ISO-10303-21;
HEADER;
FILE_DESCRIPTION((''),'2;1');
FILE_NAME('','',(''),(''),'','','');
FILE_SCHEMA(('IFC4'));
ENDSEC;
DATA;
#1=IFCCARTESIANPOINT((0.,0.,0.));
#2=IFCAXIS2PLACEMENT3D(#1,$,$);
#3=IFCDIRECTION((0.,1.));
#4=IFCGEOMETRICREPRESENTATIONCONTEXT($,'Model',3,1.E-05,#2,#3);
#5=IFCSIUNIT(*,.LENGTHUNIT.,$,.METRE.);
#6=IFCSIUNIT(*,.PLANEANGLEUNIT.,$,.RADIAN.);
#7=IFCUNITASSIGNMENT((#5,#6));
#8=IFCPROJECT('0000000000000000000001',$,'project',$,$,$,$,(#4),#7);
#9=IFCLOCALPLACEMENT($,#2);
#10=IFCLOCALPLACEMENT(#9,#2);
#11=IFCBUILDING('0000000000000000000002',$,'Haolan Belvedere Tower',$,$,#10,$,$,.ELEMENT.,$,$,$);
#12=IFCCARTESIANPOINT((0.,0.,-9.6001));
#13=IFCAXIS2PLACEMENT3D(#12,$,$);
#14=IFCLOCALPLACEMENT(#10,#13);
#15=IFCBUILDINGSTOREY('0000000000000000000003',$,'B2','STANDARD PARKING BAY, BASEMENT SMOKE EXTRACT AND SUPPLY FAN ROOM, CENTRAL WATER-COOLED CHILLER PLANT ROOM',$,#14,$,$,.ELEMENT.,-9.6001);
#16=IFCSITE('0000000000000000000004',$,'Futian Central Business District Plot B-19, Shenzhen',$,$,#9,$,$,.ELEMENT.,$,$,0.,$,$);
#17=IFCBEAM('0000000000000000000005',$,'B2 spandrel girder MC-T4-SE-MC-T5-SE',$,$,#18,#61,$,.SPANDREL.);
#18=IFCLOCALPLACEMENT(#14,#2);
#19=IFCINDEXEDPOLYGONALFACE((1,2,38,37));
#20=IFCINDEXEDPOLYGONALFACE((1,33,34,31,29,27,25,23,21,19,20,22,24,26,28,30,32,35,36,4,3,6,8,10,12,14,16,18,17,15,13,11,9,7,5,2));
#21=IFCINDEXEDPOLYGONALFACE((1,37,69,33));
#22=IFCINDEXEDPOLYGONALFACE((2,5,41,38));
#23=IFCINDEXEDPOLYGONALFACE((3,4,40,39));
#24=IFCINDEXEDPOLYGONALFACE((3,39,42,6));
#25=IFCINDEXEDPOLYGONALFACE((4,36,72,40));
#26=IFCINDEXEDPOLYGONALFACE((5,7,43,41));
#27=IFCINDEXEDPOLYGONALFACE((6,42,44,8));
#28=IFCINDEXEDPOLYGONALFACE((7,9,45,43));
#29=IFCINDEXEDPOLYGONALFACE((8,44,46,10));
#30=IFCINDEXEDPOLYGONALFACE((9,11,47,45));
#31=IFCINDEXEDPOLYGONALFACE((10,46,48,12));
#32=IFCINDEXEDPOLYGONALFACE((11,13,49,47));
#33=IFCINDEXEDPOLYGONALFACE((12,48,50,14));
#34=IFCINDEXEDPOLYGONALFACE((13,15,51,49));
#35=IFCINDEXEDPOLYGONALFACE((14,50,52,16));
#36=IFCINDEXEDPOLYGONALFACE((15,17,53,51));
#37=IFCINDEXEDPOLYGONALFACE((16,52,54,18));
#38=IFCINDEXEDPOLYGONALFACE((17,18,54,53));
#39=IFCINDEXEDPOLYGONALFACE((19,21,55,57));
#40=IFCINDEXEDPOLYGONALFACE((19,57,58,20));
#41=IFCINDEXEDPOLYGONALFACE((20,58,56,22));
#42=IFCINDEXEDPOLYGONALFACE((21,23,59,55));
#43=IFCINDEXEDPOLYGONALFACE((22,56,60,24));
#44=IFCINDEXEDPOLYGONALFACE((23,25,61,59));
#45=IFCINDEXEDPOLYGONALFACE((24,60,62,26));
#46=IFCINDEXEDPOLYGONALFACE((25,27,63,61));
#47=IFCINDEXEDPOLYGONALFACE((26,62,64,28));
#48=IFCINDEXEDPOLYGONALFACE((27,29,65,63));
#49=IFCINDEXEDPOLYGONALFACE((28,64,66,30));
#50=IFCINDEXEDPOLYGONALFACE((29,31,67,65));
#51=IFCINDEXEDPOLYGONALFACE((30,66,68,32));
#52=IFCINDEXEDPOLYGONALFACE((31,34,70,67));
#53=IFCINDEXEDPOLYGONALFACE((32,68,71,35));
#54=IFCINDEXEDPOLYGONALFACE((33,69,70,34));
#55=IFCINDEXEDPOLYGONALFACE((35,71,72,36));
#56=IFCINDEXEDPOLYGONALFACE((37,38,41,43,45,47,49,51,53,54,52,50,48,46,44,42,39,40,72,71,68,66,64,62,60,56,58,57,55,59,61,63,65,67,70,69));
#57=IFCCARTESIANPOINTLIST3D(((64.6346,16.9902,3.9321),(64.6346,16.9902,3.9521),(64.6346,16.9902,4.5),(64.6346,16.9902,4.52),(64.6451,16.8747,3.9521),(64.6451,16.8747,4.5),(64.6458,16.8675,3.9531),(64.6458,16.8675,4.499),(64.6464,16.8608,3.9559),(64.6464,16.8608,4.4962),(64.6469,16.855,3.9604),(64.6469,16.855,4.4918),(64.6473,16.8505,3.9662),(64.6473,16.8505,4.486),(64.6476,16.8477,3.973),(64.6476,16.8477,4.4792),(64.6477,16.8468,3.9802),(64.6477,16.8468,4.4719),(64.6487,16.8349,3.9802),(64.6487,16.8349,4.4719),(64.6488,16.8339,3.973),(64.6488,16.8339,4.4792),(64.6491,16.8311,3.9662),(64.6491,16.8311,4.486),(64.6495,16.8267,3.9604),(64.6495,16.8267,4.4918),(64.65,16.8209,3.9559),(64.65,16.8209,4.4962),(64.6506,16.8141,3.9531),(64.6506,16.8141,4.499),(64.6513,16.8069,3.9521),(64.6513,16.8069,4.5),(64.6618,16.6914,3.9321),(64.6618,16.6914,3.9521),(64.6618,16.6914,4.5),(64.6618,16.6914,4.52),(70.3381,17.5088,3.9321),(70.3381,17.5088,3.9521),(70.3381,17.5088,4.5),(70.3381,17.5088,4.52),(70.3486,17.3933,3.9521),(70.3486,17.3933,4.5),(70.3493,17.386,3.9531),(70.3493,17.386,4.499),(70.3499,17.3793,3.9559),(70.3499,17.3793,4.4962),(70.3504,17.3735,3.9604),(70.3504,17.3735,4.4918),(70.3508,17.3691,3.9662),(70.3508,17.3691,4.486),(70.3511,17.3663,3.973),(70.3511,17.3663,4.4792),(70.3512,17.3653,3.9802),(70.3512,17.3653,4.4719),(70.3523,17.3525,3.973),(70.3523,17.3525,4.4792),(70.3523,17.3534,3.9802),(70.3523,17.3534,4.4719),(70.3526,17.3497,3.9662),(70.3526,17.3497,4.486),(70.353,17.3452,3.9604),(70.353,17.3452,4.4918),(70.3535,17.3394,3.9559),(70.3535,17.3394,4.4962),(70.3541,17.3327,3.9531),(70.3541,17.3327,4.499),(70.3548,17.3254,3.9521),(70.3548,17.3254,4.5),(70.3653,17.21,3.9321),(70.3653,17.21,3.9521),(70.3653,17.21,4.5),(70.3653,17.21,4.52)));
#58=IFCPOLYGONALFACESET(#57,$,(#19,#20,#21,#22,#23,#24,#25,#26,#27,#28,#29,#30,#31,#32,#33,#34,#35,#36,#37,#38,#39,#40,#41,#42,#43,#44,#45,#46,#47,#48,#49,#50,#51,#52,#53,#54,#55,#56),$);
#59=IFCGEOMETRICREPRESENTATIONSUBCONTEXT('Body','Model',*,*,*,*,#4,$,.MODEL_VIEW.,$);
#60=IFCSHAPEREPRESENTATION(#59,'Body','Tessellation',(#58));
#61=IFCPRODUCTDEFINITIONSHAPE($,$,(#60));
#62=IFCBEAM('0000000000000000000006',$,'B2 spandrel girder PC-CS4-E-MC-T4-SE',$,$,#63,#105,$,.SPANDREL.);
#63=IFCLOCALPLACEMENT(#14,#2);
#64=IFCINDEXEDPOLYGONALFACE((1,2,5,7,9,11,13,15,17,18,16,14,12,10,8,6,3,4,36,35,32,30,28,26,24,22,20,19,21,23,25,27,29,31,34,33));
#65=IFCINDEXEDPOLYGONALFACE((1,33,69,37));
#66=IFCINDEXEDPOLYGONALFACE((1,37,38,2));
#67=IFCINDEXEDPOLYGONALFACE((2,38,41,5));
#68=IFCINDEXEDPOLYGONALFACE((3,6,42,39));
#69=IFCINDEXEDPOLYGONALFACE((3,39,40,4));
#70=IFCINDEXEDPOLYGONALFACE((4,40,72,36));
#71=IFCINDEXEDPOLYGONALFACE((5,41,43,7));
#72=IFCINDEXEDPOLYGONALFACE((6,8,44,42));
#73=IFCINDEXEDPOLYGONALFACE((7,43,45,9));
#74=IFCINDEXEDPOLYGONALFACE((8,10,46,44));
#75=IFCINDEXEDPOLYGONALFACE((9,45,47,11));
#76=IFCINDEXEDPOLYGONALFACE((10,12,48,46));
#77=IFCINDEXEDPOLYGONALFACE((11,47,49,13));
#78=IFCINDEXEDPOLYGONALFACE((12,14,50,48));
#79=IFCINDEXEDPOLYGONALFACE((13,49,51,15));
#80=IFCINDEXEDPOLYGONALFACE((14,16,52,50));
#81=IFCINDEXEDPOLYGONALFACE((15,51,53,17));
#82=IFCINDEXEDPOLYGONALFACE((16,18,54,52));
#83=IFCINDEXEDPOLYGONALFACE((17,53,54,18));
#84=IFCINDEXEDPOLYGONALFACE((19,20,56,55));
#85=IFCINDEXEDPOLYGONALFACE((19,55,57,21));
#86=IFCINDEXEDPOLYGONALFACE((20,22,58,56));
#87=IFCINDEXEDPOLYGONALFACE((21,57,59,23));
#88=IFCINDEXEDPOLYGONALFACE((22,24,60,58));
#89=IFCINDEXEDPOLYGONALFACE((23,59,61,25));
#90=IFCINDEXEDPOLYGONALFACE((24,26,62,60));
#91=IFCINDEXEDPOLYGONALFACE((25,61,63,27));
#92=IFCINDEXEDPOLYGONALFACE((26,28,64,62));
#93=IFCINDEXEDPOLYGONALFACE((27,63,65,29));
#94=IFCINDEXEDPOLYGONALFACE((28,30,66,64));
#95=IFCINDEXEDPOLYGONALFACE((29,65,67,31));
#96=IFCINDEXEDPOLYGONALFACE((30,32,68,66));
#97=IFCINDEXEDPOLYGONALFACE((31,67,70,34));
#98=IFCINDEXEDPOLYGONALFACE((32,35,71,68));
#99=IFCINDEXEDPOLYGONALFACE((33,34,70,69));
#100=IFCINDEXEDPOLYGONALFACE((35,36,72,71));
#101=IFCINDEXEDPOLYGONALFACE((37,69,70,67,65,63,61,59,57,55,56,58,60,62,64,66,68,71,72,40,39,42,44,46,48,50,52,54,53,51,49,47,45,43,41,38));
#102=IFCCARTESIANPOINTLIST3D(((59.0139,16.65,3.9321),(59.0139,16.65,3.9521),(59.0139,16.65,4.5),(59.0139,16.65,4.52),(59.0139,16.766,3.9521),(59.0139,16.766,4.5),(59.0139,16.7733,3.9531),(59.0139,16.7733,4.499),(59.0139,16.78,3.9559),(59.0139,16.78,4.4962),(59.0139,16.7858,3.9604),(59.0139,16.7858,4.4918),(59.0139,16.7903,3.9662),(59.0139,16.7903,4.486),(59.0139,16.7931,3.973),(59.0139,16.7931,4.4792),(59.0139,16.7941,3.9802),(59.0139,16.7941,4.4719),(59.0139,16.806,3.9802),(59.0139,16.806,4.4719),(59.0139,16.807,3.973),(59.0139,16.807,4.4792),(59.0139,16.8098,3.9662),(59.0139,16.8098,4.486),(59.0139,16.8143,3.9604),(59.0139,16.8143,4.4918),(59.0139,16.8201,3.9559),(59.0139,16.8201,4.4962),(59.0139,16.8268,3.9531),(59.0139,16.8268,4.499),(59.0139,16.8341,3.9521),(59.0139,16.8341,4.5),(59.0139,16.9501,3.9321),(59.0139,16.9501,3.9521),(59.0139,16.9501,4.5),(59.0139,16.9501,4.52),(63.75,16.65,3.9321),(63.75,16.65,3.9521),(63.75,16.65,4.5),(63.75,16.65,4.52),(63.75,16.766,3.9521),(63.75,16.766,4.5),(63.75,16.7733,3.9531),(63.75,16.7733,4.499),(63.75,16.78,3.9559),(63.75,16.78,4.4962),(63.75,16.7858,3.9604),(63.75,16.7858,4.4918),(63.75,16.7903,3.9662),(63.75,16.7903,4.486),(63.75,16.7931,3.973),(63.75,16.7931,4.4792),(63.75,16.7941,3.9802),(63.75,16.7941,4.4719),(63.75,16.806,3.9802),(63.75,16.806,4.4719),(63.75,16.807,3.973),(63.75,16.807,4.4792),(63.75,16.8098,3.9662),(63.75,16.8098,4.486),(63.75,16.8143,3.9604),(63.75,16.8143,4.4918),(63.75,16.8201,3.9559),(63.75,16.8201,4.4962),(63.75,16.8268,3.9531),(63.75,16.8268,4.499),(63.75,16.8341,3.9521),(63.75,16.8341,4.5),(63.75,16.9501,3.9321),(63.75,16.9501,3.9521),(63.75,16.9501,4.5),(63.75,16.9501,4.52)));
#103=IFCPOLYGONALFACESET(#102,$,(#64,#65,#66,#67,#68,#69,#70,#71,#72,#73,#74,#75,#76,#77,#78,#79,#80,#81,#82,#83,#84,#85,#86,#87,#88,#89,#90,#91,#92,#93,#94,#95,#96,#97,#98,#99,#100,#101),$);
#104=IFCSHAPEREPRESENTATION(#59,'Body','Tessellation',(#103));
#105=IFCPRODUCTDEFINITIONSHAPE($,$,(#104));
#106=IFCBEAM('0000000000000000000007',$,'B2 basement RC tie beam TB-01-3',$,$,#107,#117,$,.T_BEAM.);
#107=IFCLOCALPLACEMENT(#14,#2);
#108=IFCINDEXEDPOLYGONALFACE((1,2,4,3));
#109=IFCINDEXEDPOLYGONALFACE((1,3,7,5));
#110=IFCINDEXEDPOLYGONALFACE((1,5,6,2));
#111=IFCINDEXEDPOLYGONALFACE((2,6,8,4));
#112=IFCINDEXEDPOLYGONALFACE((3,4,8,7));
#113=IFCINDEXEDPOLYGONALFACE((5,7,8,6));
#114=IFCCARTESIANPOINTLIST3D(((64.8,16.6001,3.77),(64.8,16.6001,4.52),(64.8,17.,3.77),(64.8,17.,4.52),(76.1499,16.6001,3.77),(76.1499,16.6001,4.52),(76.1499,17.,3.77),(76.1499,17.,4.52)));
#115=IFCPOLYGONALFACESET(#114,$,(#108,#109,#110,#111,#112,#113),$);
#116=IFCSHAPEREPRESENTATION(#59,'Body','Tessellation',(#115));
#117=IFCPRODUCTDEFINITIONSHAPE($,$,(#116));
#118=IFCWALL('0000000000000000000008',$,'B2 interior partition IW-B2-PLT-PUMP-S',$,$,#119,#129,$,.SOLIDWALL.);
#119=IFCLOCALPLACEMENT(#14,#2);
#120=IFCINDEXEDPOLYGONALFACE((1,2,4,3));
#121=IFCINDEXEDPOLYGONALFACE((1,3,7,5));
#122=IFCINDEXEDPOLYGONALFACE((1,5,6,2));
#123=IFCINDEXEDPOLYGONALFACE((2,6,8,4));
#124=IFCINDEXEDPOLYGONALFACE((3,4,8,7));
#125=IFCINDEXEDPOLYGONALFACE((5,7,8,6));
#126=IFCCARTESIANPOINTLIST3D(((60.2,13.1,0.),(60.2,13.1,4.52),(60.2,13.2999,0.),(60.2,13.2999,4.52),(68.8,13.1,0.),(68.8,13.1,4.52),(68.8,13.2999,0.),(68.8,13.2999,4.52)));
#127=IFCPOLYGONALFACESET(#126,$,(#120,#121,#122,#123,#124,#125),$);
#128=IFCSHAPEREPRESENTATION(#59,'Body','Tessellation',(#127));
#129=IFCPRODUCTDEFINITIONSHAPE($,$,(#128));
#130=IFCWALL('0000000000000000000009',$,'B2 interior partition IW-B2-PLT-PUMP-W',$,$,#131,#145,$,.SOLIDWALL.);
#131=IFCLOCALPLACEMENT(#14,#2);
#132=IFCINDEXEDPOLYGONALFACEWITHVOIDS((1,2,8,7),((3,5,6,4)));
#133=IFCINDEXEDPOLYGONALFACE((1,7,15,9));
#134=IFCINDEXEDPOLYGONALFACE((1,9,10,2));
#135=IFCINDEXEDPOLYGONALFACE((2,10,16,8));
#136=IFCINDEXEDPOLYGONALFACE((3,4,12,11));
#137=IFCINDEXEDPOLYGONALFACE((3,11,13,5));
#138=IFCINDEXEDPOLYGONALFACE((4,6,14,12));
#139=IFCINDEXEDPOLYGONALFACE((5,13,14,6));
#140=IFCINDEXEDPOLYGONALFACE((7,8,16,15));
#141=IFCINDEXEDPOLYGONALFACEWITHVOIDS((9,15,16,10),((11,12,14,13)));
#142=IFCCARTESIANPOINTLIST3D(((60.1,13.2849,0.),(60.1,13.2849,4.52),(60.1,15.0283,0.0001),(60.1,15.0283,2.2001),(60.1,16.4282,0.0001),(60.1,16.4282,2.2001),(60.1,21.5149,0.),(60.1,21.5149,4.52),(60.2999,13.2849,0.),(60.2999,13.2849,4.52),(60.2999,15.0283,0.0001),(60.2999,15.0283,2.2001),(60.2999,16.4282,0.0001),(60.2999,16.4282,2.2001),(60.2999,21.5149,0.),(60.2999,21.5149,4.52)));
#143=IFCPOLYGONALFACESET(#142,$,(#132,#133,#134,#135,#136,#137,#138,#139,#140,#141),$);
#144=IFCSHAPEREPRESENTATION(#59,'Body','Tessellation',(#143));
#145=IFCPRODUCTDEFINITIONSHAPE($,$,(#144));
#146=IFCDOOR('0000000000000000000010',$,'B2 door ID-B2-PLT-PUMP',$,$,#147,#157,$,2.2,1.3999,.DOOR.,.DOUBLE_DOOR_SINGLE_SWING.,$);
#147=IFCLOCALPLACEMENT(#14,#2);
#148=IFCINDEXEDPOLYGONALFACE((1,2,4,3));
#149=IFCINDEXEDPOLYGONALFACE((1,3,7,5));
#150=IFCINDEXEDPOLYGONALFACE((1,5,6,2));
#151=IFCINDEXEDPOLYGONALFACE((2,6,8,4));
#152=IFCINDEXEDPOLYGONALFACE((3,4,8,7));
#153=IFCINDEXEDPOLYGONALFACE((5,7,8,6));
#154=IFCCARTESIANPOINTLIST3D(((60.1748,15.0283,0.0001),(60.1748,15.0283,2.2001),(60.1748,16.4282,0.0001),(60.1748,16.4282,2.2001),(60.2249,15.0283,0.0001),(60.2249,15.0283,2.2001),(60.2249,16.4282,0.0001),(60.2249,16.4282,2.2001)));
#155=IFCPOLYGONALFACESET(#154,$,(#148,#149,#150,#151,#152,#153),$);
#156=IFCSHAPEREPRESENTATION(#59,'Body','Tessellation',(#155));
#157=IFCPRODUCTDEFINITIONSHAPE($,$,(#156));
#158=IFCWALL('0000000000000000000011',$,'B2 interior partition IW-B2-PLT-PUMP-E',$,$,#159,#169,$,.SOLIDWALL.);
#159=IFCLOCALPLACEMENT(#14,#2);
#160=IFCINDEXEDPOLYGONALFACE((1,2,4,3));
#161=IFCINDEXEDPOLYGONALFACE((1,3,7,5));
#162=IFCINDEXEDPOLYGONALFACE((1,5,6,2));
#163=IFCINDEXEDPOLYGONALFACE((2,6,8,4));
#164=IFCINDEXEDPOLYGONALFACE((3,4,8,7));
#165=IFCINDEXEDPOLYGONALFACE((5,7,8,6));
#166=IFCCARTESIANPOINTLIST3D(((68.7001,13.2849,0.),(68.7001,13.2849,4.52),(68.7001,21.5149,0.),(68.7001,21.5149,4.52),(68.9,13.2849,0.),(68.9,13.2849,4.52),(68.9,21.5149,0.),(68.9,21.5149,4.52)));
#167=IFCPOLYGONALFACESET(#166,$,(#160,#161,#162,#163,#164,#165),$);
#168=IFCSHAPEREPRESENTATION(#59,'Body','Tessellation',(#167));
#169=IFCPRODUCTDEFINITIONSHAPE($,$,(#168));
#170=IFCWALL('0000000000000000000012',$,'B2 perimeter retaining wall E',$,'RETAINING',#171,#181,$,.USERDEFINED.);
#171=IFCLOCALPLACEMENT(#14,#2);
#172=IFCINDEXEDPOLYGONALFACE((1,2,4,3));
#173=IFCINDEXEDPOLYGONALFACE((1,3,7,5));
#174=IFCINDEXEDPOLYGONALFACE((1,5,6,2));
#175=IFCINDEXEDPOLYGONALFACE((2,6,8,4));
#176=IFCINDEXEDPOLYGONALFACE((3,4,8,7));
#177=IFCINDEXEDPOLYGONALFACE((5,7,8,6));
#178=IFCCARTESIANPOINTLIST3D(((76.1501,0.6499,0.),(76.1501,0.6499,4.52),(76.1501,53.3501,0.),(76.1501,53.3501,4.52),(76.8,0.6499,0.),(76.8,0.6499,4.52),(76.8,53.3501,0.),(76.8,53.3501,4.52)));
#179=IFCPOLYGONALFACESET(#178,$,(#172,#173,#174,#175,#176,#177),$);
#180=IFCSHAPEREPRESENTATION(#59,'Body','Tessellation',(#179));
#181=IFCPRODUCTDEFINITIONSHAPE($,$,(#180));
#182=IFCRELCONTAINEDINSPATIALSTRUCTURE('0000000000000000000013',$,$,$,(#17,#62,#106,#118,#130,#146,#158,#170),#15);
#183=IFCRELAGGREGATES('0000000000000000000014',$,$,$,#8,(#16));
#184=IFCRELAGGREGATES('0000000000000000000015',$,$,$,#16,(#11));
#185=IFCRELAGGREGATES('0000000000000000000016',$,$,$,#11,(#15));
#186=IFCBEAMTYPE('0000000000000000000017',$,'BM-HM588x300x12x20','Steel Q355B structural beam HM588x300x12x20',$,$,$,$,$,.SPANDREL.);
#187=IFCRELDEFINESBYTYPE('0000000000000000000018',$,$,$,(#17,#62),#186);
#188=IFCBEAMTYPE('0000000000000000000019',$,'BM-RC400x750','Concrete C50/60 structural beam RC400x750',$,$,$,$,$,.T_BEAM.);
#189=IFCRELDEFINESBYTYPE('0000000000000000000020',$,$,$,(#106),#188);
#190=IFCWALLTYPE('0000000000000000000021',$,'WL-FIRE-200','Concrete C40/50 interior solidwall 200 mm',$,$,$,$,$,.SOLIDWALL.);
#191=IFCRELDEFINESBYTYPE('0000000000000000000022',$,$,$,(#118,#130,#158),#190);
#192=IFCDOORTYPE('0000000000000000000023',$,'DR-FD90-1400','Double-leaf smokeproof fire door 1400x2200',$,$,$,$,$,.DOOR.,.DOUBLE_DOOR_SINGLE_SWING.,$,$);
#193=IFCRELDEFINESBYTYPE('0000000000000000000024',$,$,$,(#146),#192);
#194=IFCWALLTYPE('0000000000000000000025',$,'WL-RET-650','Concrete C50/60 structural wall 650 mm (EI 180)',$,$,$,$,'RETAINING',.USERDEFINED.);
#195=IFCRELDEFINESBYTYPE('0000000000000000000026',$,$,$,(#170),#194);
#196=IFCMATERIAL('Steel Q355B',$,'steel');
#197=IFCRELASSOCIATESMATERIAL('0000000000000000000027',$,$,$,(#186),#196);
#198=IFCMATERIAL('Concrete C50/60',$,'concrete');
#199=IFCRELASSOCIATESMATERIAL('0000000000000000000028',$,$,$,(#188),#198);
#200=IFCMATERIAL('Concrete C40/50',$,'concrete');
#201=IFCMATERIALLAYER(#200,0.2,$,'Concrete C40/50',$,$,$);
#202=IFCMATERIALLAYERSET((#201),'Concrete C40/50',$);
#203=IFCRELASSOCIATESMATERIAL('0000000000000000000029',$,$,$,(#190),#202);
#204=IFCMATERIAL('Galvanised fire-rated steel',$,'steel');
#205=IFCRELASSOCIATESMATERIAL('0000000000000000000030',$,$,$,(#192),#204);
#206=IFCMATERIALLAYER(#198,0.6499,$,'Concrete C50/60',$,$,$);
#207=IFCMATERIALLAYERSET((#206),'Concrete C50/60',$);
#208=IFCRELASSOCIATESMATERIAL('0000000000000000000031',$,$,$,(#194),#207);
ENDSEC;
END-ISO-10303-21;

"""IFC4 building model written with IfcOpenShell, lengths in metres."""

from ifc_helpers import new_model, si_unit, direction, frame, frame_2d, origin, origin_2d, place, context, subcontext, project, spatial, rectangle, i_section, extrude, material, layer, layer_set, material_profile, profile_set, type_object, element, fill, save


model = new_model("IFC4")

# Units and contexts
model_context = context("Model", 3, precision=1e-05, world=origin(), true_north=direction((0.0, 1.0)))
body_context = subcontext(model_context, "Body", "Model", "MODEL_VIEW")
ifc_project = project(units=[si_unit("LENGTHUNIT", "METRE"), si_unit("PLANEANGLEUNIT", "RADIAN")], contexts=[model_context])

# Site, building, storey
site_placement = place(None, origin())
site = spatial("IfcSite", under=ifc_project, at=site_placement, Name="Futian Central Business District Plot B-19, Shenzhen", CompositionType="ELEMENT", RefElevation=0.0)
building_placement = place(site_placement, origin())
building = spatial("IfcBuilding", under=site, at=building_placement, Name="Haolan Belvedere Tower", CompositionType="ELEMENT")
storey_placement = place(building_placement, frame((0.0, 0.0, -9.6001)))
storey = spatial("IfcBuildingStorey", under=building, at=storey_placement, Name="B2", Description="STANDARD PARKING BAY, BASEMENT SMOKE EXTRACT AND SUPPLY FAN ROOM, CENTRAL WATER-COOLED CHILLER PLANT ROOM", CompositionType="ELEMENT", Elevation=-9.6001)

# Shared definitions
ifc_material_1 = material(Name="Concrete C50/60", Category="concrete")

# Shared definitions
ifc_material_2 = material(Name="Steel Q355B", Category="steel")

# Beams
ifc_material_profile_1 = material_profile(ifc_material_2, i_section(OverallWidth=0.3, OverallDepth=0.5879, WebThickness=0.012, FlangeThickness=0.02, FilletRadius=0.0281, at=origin_2d()), Name="Steel Q355B")
ifc_profile_set_1 = profile_set([ifc_material_profile_1], Name="Steel Q355B")
beam_type_1 = type_object("IfcBeamType", Name="BM-HM588x300x12x20", Description="Steel Q355B structural beam HM588x300x12x20", PredefinedType="SPANDREL", material=ifc_profile_set_1)
beam_1_placement = place(storey_placement, frame((64.6482, 16.8408, 4.2261), z_axis=(0.995893, 0.090543, 0.0), x_axis=(-0.090543, 0.995893, 0.0)))
element("IfcBeam", 1, at=beam_1_placement, inside=storey, type_object=beam_type_1, Name="B2 spandrel girder MC-T4-SE-MC-T5-SE", PredefinedType="SPANDREL", context=body_context, shape_type="SweptSolid", body=[
    extrude(i_section(OverallWidth=0.3, OverallDepth=0.5879, WebThickness=0.012, FlangeThickness=0.02, FilletRadius=0.0281, at=origin_2d()), origin(), (0.0, 0.0, 1.0), 5.7271),
])
beam_2_placement = place(storey_placement, frame((59.0139, 16.8, 4.2261), z_axis=(1.0, 0.0, 0.0), x_axis=(0.0, 1.0, 0.0)))
element("IfcBeam", 2, at=beam_2_placement, inside=storey, type_object=beam_type_1, Name="B2 spandrel girder PC-CS4-E-MC-T4-SE", PredefinedType="SPANDREL", context=body_context, shape_type="SweptSolid", body=[
    extrude(i_section(OverallWidth=0.3, OverallDepth=0.5879, WebThickness=0.012, FlangeThickness=0.02, FilletRadius=0.0281, at=origin_2d()), origin(), (0.0, 0.0, 1.0), 4.7361),
])
ifc_material_profile_2 = material_profile(ifc_material_1, rectangle(XDim=0.3999, YDim=0.75, at=origin_2d()), Name="Concrete C50/60")
ifc_profile_set_2 = profile_set([ifc_material_profile_2], Name="Concrete C50/60")
beam_type_2 = type_object("IfcBeamType", Name="BM-RC400x750", Description="Concrete C50/60 structural beam RC400x750", PredefinedType="T_BEAM", material=ifc_profile_set_2)
beam_3_placement = place(storey_placement, frame((64.8, 16.8, 4.145), z_axis=(1.0, 0.0, 0.0), x_axis=(0.0, 1.0, 0.0)))
element("IfcBeam", 3, at=beam_3_placement, inside=storey, type_object=beam_type_2, Name="B2 basement RC tie beam TB-01-3", PredefinedType="T_BEAM", context=body_context, shape_type="SweptSolid", body=[
    extrude(rectangle(XDim=0.3999, YDim=0.75, at=origin_2d()), origin(), (0.0, 0.0, 1.0), 11.3499),
])

# Wall
ifc_material_3 = material(Name="Concrete C40/50", Category="concrete")
ifc_layer_1 = layer(ifc_material_3, 0.2, Name="Concrete C40/50")
ifc_layer_set_1 = layer_set([ifc_layer_1], Name="Concrete C40/50")
wall_type_1 = type_object("IfcWallType", Name="WL-FIRE-200", Description="Concrete C40/50 interior solidwall 200 mm", PredefinedType="SOLIDWALL", material=ifc_layer_set_1)
wall_1_placement = place(storey_placement, frame((60.2, 13.2, 0.0), z_axis=(0.0, 0.0, 1.0), x_axis=(1.0, 0.0, 0.0)))
element("IfcWall", 4, at=wall_1_placement, inside=storey, type_object=wall_type_1, Name="B2 interior partition IW-B2-PLT-PUMP-S", PredefinedType="SOLIDWALL", context=body_context, shape_type="SweptSolid", body=[
    extrude(rectangle(XDim=8.6001, YDim=0.2, at=frame_2d((4.3, 0.0))), origin(), (0.0, 0.0, 1.0), 4.52),
])

# Wall, opening, door
wall_2_placement = place(storey_placement, frame((60.2, 13.2849, 0.0), z_axis=(0.0, 0.0, 1.0), x_axis=(0.0, 1.0, 0.0)))
wall_2 = element("IfcWall", 5, at=wall_2_placement, inside=storey, type_object=wall_type_1, Name="B2 interior partition IW-B2-PLT-PUMP-W", PredefinedType="SOLIDWALL", context=body_context, shape_type="SweptSolid", body=[
    extrude(rectangle(XDim=8.23, YDim=0.2, at=frame_2d((4.115, 0.0))), origin(), (0.0, 0.0, 1.0), 4.52),
])
opening_placement = place(wall_2_placement, frame((3.1433, 0.0, 0.0), z_axis=(0.0, 0.0, 1.0), x_axis=(-1.0, 0.0, 0.0)))
opening = element("IfcOpeningElement", 6, at=opening_placement, cuts=wall_2, PredefinedType="OPENING", context=body_context, shape_type="SweptSolid", body=[
    extrude(rectangle(XDim=1.3999, YDim=2.2, at=frame_2d((0.7, 1.1001))), frame((0.0, 0.1099, 0.0), z_axis=(0.0, -1.0, 0.0), x_axis=(1.0, 0.0, 0.0)), (0.0, 0.0, 1.0), 0.22),
])
ifc_material_4 = material(Name="Galvanised fire-rated steel", Category="steel")
door_type = type_object("IfcDoorType", Name="DR-FD90-1400", Description="Double-leaf smokeproof fire door 1400x2200", OperationType="DOUBLE_DOOR_SINGLE_SWING", PredefinedType="DOOR", material=ifc_material_4)
door_placement = place(opening_placement, origin())
door = element("IfcDoor", 7, at=door_placement, inside=storey, type_object=door_type, Name="B2 door ID-B2-PLT-PUMP", OperationType="DOUBLE_DOOR_SINGLE_SWING", OverallHeight=2.2, OverallWidth=1.3999, PredefinedType="DOOR", context=body_context, shape_type="SweptSolid", body=[
    extrude(rectangle(XDim=1.3999, YDim=2.2, at=frame_2d((0.7, 1.1001))), frame((0.0, 0.0249, 0.0), z_axis=(0.0, -1.0, 0.0), x_axis=(1.0, 0.0, 0.0)), (0.0, 0.0, 1.0), 0.05),
])
fill(opening, door)

# Walls
wall_3_placement = place(storey_placement, frame((68.8, 13.2849, 0.0), z_axis=(0.0, 0.0, 1.0), x_axis=(0.0, 1.0, 0.0)))
element("IfcWall", 8, at=wall_3_placement, inside=storey, type_object=wall_type_1, Name="B2 interior partition IW-B2-PLT-PUMP-E", PredefinedType="SOLIDWALL", context=body_context, shape_type="SweptSolid", body=[
    extrude(rectangle(XDim=8.23, YDim=0.2, at=frame_2d((4.115, 0.0))), origin(), (0.0, 0.0, 1.0), 4.52),
])
ifc_layer_2 = layer(ifc_material_1, 0.6499, Name="Concrete C50/60")
ifc_layer_set_2 = layer_set([ifc_layer_2], Name="Concrete C50/60")
wall_type_2 = type_object("IfcWallType", Name="WL-RET-650", Description="Concrete C50/60 structural wall 650 mm (EI 180)", ElementType="RETAINING", PredefinedType="USERDEFINED", material=ifc_layer_set_2)
wall_4_placement = place(storey_placement, frame((76.4751, 0.6499, 0.0), z_axis=(0.0, 0.0, 1.0), x_axis=(0.0, 1.0, 0.0)))
element("IfcWall", 9, at=wall_4_placement, inside=storey, type_object=wall_type_2, Name="B2 perimeter retaining wall E", ObjectType="RETAINING", PredefinedType="USERDEFINED", context=body_context, shape_type="SweptSolid", body=[
    extrude(rectangle(XDim=52.7002, YDim=0.6499, at=frame_2d((26.3501, 0.0))), origin(), (0.0, 0.0, 1.0), 4.52),
])

save(model, "model.ifc")
